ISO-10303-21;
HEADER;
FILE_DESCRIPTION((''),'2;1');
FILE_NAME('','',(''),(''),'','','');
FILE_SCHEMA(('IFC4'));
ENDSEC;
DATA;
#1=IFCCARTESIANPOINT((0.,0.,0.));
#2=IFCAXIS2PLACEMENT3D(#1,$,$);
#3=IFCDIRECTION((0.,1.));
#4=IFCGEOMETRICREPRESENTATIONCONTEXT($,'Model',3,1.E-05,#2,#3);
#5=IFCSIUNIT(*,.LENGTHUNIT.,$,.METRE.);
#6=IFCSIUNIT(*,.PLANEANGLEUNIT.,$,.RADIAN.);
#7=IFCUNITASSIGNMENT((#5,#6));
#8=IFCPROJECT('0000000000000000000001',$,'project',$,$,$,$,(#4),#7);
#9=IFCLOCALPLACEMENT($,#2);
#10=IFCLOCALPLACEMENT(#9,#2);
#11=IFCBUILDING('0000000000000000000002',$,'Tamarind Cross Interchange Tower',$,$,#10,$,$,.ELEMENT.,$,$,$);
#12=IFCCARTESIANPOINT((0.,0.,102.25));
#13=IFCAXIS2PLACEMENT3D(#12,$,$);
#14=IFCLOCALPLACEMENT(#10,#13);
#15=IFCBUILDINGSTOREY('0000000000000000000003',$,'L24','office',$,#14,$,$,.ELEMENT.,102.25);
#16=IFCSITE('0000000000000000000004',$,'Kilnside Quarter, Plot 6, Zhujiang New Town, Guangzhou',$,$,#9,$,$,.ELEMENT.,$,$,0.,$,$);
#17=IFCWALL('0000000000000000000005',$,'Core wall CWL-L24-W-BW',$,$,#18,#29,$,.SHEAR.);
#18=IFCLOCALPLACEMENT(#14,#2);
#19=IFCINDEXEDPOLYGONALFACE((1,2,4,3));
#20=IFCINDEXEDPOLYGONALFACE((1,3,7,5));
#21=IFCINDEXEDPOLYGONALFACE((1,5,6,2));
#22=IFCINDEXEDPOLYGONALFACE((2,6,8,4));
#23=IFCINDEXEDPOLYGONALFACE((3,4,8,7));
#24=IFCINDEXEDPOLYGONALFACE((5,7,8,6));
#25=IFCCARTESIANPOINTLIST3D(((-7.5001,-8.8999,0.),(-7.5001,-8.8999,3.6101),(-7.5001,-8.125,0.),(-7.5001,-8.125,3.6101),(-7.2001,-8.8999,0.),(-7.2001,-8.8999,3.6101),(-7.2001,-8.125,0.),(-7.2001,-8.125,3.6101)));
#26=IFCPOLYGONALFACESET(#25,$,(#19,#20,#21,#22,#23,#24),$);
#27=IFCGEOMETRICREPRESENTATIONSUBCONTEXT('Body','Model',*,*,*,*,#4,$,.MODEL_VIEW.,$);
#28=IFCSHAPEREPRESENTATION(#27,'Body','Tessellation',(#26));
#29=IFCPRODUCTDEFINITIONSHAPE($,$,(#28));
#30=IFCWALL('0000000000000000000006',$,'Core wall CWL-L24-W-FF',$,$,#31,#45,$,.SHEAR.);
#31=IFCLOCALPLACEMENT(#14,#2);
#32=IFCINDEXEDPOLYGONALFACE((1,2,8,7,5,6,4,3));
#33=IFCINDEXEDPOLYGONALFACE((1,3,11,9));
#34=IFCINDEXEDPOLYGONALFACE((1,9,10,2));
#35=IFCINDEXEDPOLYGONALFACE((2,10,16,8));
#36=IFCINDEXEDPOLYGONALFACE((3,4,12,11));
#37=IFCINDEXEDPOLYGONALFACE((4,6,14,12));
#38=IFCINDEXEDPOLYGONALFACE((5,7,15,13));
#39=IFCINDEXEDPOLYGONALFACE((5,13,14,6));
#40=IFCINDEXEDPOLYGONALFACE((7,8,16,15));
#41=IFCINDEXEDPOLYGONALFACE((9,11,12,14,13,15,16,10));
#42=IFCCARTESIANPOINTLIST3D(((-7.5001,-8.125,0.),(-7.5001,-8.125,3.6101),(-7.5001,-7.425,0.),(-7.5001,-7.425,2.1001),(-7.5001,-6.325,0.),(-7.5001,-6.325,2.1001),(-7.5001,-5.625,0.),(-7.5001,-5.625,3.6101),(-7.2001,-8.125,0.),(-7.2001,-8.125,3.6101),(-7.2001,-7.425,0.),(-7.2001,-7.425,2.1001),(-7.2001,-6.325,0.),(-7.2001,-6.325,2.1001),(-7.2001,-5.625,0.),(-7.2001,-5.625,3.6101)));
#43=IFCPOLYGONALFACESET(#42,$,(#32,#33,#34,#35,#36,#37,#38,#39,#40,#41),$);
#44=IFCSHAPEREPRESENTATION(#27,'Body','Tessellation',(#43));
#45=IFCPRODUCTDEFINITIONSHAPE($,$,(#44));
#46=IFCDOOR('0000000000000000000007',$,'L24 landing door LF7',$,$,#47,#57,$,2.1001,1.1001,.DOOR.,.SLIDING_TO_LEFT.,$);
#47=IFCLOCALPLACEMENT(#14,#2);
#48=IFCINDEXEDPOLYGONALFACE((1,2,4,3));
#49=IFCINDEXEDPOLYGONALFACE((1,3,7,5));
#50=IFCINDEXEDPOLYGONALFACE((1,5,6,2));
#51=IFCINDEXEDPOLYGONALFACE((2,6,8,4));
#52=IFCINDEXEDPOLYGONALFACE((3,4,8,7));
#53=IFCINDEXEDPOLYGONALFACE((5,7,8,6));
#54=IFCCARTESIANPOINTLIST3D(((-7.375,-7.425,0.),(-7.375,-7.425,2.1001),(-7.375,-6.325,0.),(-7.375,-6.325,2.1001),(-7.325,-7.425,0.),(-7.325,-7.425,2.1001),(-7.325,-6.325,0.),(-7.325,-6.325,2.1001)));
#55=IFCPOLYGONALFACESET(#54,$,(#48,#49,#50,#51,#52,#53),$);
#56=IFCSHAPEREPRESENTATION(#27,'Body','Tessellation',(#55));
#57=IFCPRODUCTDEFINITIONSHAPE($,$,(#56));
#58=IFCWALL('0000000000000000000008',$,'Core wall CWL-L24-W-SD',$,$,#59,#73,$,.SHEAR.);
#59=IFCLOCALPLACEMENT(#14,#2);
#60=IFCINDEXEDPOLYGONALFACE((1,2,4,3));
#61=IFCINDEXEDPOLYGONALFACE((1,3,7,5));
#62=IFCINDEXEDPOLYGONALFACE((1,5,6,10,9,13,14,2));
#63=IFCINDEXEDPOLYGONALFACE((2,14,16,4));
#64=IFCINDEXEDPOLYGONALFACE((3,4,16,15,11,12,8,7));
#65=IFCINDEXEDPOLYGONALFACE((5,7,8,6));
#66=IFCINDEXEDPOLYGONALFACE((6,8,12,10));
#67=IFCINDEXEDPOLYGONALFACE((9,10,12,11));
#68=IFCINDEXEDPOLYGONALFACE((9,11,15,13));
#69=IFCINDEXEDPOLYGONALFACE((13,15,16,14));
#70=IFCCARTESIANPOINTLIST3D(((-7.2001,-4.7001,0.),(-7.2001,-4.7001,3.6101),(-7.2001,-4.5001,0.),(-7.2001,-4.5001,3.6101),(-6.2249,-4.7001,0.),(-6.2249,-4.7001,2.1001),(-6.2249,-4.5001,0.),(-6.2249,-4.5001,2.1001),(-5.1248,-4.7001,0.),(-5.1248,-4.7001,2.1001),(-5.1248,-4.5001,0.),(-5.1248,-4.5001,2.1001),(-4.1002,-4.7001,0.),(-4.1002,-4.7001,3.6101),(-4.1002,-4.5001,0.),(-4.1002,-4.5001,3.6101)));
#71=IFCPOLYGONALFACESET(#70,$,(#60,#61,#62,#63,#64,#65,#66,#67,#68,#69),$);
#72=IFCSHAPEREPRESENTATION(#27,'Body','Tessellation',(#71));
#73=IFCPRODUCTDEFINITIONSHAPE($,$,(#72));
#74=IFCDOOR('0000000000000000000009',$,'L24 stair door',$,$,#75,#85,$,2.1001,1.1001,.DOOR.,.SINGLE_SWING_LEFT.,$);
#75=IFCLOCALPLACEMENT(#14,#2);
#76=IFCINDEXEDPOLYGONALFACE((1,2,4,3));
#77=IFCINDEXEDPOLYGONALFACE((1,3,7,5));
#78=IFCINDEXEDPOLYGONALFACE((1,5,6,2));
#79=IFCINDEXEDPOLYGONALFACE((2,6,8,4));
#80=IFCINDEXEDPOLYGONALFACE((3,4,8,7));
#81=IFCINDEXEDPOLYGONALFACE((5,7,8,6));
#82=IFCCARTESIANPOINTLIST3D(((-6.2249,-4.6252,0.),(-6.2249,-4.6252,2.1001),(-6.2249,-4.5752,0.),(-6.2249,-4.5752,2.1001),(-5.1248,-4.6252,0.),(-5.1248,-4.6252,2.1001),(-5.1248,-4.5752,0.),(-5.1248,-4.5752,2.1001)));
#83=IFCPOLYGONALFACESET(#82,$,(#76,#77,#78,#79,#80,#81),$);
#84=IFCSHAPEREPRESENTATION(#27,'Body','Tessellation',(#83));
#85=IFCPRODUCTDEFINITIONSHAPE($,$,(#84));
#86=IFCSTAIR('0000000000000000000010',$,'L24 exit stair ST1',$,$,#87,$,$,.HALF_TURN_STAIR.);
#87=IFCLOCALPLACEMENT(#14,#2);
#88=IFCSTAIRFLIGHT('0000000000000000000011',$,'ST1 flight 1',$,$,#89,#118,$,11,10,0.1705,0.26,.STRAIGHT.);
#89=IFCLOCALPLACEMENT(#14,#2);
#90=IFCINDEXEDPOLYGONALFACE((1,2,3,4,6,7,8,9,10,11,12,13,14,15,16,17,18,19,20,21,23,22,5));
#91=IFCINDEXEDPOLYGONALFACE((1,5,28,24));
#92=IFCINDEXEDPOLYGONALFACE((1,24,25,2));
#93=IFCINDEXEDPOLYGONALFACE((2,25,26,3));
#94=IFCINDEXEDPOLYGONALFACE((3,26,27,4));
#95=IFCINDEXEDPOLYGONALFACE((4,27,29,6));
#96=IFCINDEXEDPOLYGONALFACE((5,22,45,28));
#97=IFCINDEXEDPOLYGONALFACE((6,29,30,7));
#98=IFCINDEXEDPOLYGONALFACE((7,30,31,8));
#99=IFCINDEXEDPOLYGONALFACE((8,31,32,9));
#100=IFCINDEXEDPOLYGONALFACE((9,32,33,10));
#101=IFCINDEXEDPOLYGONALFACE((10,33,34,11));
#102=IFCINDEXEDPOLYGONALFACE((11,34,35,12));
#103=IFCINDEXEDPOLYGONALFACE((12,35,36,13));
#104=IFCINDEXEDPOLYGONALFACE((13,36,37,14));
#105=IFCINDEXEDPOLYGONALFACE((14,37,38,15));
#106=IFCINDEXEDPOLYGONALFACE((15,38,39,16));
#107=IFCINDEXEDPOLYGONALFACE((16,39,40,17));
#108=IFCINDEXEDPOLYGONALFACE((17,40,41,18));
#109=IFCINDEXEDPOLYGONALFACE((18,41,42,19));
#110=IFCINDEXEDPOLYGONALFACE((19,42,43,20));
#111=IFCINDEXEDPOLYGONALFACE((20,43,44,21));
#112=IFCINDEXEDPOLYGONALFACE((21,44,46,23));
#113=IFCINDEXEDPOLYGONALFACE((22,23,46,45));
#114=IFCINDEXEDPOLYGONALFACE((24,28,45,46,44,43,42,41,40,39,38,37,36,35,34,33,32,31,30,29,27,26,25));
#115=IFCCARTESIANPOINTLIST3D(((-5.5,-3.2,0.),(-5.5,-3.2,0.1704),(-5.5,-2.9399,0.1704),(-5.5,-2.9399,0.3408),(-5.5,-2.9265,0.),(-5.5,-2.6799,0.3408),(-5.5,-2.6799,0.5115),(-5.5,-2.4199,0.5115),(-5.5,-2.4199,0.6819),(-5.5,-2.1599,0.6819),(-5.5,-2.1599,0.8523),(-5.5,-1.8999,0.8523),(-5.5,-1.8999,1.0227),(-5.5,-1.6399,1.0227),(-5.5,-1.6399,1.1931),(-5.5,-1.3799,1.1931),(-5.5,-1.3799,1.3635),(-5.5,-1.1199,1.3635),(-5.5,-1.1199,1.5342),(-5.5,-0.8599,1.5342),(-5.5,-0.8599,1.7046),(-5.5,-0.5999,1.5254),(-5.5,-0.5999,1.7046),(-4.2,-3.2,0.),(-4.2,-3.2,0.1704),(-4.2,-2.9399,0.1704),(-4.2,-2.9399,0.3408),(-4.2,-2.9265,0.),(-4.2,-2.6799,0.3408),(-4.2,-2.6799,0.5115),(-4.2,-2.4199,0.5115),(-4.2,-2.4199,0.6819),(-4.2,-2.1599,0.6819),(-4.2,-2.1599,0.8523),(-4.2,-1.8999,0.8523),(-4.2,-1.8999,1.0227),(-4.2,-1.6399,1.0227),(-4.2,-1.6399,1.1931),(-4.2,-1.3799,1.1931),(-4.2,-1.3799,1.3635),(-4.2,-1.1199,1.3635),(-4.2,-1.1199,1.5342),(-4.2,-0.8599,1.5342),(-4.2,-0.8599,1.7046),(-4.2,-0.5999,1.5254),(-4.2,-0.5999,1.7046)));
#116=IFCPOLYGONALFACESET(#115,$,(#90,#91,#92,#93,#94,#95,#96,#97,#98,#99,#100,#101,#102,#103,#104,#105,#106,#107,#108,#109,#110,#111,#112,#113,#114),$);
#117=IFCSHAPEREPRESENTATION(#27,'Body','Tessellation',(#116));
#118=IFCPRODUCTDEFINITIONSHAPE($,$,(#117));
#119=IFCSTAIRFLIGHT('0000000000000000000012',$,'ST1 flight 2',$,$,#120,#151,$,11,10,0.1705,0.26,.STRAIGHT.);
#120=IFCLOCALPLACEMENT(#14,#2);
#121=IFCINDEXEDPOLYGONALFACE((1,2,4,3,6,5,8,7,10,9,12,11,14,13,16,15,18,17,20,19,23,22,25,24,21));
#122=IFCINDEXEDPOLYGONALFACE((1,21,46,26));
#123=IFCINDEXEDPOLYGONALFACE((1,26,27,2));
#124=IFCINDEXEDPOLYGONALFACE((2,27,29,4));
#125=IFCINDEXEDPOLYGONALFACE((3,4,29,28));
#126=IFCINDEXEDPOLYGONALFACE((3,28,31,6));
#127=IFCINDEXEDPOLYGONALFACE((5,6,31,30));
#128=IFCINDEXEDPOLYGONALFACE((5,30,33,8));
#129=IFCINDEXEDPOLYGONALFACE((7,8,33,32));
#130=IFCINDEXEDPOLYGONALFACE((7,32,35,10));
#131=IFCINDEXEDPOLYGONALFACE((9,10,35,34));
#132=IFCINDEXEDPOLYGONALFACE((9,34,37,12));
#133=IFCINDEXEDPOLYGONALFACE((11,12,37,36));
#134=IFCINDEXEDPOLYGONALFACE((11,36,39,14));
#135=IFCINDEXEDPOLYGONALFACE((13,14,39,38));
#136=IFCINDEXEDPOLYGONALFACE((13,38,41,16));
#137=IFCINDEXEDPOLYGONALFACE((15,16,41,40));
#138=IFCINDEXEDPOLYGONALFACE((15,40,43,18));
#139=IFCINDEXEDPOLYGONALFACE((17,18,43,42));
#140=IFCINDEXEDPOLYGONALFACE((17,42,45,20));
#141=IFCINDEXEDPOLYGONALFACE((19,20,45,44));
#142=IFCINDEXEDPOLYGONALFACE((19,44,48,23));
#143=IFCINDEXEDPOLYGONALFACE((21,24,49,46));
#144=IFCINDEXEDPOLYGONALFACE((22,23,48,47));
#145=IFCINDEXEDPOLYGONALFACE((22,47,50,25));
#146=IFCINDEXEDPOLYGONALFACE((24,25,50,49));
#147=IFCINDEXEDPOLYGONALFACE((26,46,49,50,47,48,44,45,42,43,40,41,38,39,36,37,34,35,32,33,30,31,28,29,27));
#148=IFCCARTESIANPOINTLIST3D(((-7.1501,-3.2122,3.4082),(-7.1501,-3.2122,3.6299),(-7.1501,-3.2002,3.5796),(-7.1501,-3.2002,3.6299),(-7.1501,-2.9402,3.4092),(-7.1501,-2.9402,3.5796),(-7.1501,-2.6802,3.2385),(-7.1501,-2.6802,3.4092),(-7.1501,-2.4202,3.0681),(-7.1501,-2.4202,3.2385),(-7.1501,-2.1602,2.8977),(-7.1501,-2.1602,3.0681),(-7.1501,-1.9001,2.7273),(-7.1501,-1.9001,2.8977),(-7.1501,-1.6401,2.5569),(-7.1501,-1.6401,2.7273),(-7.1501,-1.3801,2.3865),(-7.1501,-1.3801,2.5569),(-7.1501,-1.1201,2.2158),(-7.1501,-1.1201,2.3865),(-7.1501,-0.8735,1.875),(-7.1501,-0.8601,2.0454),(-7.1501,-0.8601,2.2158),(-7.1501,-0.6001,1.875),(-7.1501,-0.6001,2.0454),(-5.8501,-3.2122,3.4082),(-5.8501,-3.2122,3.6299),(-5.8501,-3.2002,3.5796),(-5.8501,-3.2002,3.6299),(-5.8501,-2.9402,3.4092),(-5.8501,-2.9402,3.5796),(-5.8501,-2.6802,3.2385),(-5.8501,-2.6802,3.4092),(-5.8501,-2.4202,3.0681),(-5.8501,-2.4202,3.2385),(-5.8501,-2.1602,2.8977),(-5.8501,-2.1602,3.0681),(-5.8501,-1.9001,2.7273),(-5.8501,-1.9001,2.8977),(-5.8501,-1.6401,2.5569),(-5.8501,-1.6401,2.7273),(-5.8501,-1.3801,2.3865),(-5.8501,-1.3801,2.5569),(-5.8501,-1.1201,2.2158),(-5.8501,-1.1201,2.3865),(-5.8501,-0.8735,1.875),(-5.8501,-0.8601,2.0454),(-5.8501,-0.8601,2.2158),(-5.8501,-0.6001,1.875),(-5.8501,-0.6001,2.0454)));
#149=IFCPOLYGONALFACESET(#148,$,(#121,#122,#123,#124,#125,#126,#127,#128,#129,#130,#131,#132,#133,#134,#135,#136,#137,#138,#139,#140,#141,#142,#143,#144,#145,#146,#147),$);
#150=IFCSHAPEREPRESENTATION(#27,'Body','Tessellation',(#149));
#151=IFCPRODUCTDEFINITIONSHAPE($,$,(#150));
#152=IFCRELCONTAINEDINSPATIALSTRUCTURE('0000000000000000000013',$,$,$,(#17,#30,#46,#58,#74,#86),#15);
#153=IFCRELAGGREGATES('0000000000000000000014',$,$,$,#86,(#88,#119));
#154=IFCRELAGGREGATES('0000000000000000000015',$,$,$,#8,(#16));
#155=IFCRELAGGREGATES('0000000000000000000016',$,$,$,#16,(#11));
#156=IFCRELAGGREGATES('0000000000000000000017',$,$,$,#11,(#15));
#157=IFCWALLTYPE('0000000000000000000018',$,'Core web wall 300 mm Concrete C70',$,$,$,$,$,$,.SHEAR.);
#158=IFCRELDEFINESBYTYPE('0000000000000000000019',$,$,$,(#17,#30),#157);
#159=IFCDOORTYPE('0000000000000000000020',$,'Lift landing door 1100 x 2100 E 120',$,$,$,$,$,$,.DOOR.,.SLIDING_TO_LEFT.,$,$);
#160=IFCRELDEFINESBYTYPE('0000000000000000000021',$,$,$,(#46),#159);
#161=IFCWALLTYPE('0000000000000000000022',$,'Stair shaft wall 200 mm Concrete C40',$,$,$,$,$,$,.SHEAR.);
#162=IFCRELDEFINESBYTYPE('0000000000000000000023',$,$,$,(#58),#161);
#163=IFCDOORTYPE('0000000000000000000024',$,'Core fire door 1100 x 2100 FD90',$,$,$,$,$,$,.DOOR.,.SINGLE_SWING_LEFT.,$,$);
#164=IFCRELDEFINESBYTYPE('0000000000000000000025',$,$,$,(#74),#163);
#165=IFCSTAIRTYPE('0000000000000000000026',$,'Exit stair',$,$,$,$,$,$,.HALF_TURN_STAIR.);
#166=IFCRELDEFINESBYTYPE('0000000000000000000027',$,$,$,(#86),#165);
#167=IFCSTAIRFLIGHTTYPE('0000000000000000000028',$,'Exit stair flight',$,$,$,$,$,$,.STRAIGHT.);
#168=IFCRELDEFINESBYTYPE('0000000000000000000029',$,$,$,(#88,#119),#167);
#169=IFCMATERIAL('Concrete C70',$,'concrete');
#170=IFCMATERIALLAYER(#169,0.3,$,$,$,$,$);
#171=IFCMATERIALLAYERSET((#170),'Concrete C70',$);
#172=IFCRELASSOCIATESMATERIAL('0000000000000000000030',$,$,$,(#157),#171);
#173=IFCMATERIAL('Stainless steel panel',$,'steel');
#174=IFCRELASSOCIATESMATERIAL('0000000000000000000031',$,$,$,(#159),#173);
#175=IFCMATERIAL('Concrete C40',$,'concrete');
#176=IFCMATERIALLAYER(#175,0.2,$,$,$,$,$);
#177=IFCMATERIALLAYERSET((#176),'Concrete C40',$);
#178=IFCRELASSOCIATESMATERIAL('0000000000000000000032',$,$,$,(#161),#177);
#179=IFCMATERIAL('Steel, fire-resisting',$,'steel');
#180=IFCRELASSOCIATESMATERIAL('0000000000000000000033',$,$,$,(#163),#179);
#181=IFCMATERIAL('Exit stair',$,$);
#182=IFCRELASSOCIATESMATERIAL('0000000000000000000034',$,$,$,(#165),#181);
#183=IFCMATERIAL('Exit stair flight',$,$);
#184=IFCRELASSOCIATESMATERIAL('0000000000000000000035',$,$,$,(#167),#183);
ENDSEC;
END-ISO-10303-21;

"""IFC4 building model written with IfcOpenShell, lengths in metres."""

from ifc_helpers import new_model, si_unit, direction, frame, frame_2d, origin, place, context, subcontext, project, spatial, polyline, rectangle, outline, extrude, material, layer, layer_set, type_object, element, fill, aggregate, save


model = new_model("IFC4")

# Units and contexts
model_context = context("Model", 3, precision=1e-05, world=origin(), true_north=direction((0.0, 1.0)))
body_context = subcontext(model_context, "Body", "Model", "MODEL_VIEW")
ifc_project = project(units=[si_unit("LENGTHUNIT", "METRE"), si_unit("PLANEANGLEUNIT", "RADIAN")], contexts=[model_context])

# Site, building, storey
site_placement = place(None, origin())
site = spatial("IfcSite", under=ifc_project, at=site_placement, Name="Kilnside Quarter, Plot 6, Zhujiang New Town, Guangzhou", CompositionType="ELEMENT", RefElevation=0.0)
building_placement = place(site_placement, origin())
building = spatial("IfcBuilding", under=site, at=building_placement, Name="Tamarind Cross Interchange Tower", CompositionType="ELEMENT")
storey_placement = place(building_placement, frame((0.0, 0.0, 102.25)))
storey = spatial("IfcBuildingStorey", under=building, at=storey_placement, Name="L24", Description="office", CompositionType="ELEMENT", Elevation=102.25)

# Shared definitions
ifc_material_1 = material(Name="Concrete C70", Category="concrete")
ifc_material_2 = material(Name="Steel, fire-resisting", Category="steel")

# Wall
ifc_layer_1 = layer(ifc_material_1, 0.3)
ifc_layer_set_1 = layer_set([ifc_layer_1], Name="Concrete C70")
wall_type_1 = type_object("IfcWallType", Name="Core web wall 300 mm Concrete C70", PredefinedType="SHEAR", material=ifc_layer_set_1)
wall_1_placement = place(storey_placement, frame((-7.3501, -8.8999, 0.0), z_axis=(0.0, 0.0, 1.0), x_axis=(0.0, 1.0, 0.0)))
element("IfcWall", 1, at=wall_1_placement, inside=storey, type_object=wall_type_1, Name="Core wall CWL-L24-W-BW", PredefinedType="SHEAR", context=body_context, shape_type="SweptSolid", body=[
    extrude(rectangle(XDim=0.7749, YDim=0.3, at=frame_2d((0.3875, 0.0))), origin(), (0.0, 0.0, 1.0), 3.6101),
])

# Walls, openings, doors
wall_2_placement = place(storey_placement, frame((-7.3501, -8.125, 0.0), z_axis=(0.0, 0.0, 1.0), x_axis=(0.0, 1.0, 0.0)))
wall_2 = element("IfcWall", 2, at=wall_2_placement, inside=storey, type_object=wall_type_1, Name="Core wall CWL-L24-W-FF", PredefinedType="SHEAR", context=body_context, shape_type="SweptSolid", body=[
    extrude(rectangle(XDim=2.5, YDim=0.3, at=frame_2d((1.25, 0.0))), origin(), (0.0, 0.0, 1.0), 3.6101),
])
opening_1_placement = place(wall_2_placement, frame((0.7, 0.0, 0.0)))
opening_1 = element("IfcOpeningElement", 3, at=opening_1_placement, cuts=wall_2, PredefinedType="OPENING", context=body_context, shape_type="SweptSolid", body=[
    extrude(rectangle(XDim=1.1001, YDim=2.1001, at=frame_2d((0.55, 1.05))), frame((0.0, 0.1599, 0.0), z_axis=(0.0, -1.0, 0.0), x_axis=(1.0, 0.0, 0.0)), (0.0, 0.0, 1.0), 0.3201),
])
ifc_material_3 = material(Name="Stainless steel panel", Category="steel")
door_type_1 = type_object("IfcDoorType", Name="Lift landing door 1100 x 2100 E 120", OperationType="SLIDING_TO_LEFT", PredefinedType="DOOR", material=ifc_material_3)
door_1_placement = place(opening_1_placement, origin())
door_1 = element("IfcDoor", 4, at=door_1_placement, inside=storey, type_object=door_type_1, Name="L24 landing door LF7", OperationType="SLIDING_TO_LEFT", OverallHeight=2.1001, OverallWidth=1.1001, PredefinedType="DOOR", context=body_context, shape_type="SweptSolid", body=[
    extrude(rectangle(XDim=1.1001, YDim=2.1001, at=frame_2d((0.55, 1.05))), frame((0.0, 0.0249, 0.0), z_axis=(0.0, -1.0, 0.0), x_axis=(1.0, 0.0, 0.0)), (0.0, 0.0, 1.0), 0.05),
])
fill(opening_1, door_1)
ifc_material_4 = material(Name="Concrete C40", Category="concrete")
ifc_layer_2 = layer(ifc_material_4, 0.2)
ifc_layer_set_2 = layer_set([ifc_layer_2], Name="Concrete C40")
wall_type_2 = type_object("IfcWallType", Name="Stair shaft wall 200 mm Concrete C40", PredefinedType="SHEAR", material=ifc_layer_set_2)
wall_3_placement = place(storey_placement, frame((-7.2, -4.6001, 0.0), z_axis=(0.0, 0.0, 1.0), x_axis=(1.0, 0.0, 0.0)))
wall_3 = element("IfcWall", 5, at=wall_3_placement, inside=storey, type_object=wall_type_2, Name="Core wall CWL-L24-W-SD", PredefinedType="SHEAR", context=body_context, shape_type="SweptSolid", body=[
    extrude(rectangle(XDim=3.0999, YDim=0.2, at=frame_2d((1.5498, 0.0))), origin(), (0.0, 0.0, 1.0), 3.6101),
])
opening_2_placement = place(wall_3_placement, frame((0.9751, 0.0, 0.0)))
opening_2 = element("IfcOpeningElement", 6, at=opening_2_placement, cuts=wall_3, PredefinedType="OPENING", context=body_context, shape_type="SweptSolid", body=[
    extrude(rectangle(XDim=1.1001, YDim=2.1001, at=frame_2d((0.55, 1.05))), frame((0.0, 0.1099, 0.0), z_axis=(0.0, -1.0, 0.0), x_axis=(1.0, 0.0, 0.0)), (0.0, 0.0, 1.0), 0.22),
])
door_type_2 = type_object("IfcDoorType", Name="Core fire door 1100 x 2100 FD90", OperationType="SINGLE_SWING_LEFT", PredefinedType="DOOR", material=ifc_material_2)
door_2_placement = place(opening_2_placement, origin())
door_2 = element("IfcDoor", 7, at=door_2_placement, inside=storey, type_object=door_type_2, Name="L24 stair door", OperationType="SINGLE_SWING_LEFT", OverallHeight=2.1001, OverallWidth=1.1001, PredefinedType="DOOR", context=body_context, shape_type="SweptSolid", body=[
    extrude(rectangle(XDim=1.1001, YDim=2.1001, at=frame_2d((0.55, 1.05))), frame((0.0, 0.0249, 0.0), z_axis=(0.0, -1.0, 0.0), x_axis=(1.0, 0.0, 0.0)), (0.0, 0.0, 1.0), 0.05),
])
fill(opening_2, door_2)

# Stair, stair flights
ifc_material_5 = material(Name="Exit stair")
stair_type = type_object("IfcStairType", Name="Exit stair", PredefinedType="HALF_TURN_STAIR", material=ifc_material_5)
stair_placement = place(storey_placement, origin())
stair = element("IfcStair", 8, at=stair_placement, inside=storey, type_object=stair_type, Name="L24 exit stair ST1", PredefinedType="HALF_TURN_STAIR")
ifc_material_6 = material(Name="Exit stair flight")
stair_flight_type = type_object("IfcStairFlightType", Name="Exit stair flight", PredefinedType="STRAIGHT", material=ifc_material_6)
stair_flight_1_placement = place(storey_placement, frame((-4.8501, -3.2, 0.0), z_axis=(0.0, 0.0, 1.0), x_axis=(0.0, 1.0, 0.0)))
stair_flight_1 = element("IfcStairFlight", 9, at=stair_flight_1_placement, type_object=stair_flight_type, Name="ST1 flight 1", NumberOfRisers=11, NumberOfTreads=10, PredefinedType="STRAIGHT", RiserHeight=0.1705, TreadLength=0.26, context=body_context, shape_type="SweptSolid", body=[
    extrude(outline(polyline([(0.0, 0.0), (0.0, 0.1704), (0.26, 0.1704), (0.26, 0.3408), (0.52, 0.3408), (0.52, 0.5115), (0.78, 0.5115), (0.78, 0.6819), (1.04, 0.6819), (1.04, 0.8523), (1.3, 0.8523), (1.3, 1.0227), (1.5601, 1.0227), (1.5601, 1.1931), (1.8201, 1.1931), (1.8201, 1.3635), (2.0801, 1.3635), (2.0801, 1.5342), (2.3401, 1.5342), (2.3401, 1.7046), (2.6001, 1.7046), (2.6001, 1.875), (2.6001, 1.5254), (0.2734, 0.0), (0.0, 0.0)])), frame((0.0, 0.6499, 0.0), z_axis=(0.0, -1.0, 0.0), x_axis=(1.0, 0.0, 0.0)), (0.0, 0.0, 1.0), 1.3),
])
stair_flight_2_placement = place(storey_placement, frame((-6.5, -0.6001, 1.875), z_axis=(0.0, 0.0, 1.0), x_axis=(0.0, -1.0, 0.0)))
stair_flight_2 = element("IfcStairFlight", 10, at=stair_flight_2_placement, type_object=stair_flight_type, Name="ST1 flight 2", NumberOfRisers=11, NumberOfTreads=10, PredefinedType="STRAIGHT", RiserHeight=0.1705, TreadLength=0.26, context=body_context, shape_type="SweptSolid", body=[
    extrude(outline(polyline([(0.0, 0.0), (0.0, 0.1704), (0.26, 0.1704), (0.26, 0.3408), (0.52, 0.3408), (0.52, 0.5115), (0.78, 0.5115), (0.78, 0.6819), (1.04, 0.6819), (1.04, 0.8523), (1.3, 0.8523), (1.3, 1.0227), (1.5601, 1.0227), (1.5601, 1.1931), (1.8201, 1.1931), (1.8201, 1.3635), (2.0801, 1.3635), (2.0801, 1.5342), (2.3401, 1.5342), (2.3401, 1.7046), (2.6001, 1.7046), (2.6001, 1.7549), (2.6121, 1.7549), (2.6121, 1.5332), (0.2734, 0.0), (0.0, 0.0)])), frame((0.0, 0.6499, 0.0), z_axis=(0.0, -1.0, 0.0), x_axis=(1.0, 0.0, 0.0)), (0.0, 0.0, 1.0), 1.3),
])
aggregate(stair, [stair_flight_1, stair_flight_2])

save(model, "model.ifc")
